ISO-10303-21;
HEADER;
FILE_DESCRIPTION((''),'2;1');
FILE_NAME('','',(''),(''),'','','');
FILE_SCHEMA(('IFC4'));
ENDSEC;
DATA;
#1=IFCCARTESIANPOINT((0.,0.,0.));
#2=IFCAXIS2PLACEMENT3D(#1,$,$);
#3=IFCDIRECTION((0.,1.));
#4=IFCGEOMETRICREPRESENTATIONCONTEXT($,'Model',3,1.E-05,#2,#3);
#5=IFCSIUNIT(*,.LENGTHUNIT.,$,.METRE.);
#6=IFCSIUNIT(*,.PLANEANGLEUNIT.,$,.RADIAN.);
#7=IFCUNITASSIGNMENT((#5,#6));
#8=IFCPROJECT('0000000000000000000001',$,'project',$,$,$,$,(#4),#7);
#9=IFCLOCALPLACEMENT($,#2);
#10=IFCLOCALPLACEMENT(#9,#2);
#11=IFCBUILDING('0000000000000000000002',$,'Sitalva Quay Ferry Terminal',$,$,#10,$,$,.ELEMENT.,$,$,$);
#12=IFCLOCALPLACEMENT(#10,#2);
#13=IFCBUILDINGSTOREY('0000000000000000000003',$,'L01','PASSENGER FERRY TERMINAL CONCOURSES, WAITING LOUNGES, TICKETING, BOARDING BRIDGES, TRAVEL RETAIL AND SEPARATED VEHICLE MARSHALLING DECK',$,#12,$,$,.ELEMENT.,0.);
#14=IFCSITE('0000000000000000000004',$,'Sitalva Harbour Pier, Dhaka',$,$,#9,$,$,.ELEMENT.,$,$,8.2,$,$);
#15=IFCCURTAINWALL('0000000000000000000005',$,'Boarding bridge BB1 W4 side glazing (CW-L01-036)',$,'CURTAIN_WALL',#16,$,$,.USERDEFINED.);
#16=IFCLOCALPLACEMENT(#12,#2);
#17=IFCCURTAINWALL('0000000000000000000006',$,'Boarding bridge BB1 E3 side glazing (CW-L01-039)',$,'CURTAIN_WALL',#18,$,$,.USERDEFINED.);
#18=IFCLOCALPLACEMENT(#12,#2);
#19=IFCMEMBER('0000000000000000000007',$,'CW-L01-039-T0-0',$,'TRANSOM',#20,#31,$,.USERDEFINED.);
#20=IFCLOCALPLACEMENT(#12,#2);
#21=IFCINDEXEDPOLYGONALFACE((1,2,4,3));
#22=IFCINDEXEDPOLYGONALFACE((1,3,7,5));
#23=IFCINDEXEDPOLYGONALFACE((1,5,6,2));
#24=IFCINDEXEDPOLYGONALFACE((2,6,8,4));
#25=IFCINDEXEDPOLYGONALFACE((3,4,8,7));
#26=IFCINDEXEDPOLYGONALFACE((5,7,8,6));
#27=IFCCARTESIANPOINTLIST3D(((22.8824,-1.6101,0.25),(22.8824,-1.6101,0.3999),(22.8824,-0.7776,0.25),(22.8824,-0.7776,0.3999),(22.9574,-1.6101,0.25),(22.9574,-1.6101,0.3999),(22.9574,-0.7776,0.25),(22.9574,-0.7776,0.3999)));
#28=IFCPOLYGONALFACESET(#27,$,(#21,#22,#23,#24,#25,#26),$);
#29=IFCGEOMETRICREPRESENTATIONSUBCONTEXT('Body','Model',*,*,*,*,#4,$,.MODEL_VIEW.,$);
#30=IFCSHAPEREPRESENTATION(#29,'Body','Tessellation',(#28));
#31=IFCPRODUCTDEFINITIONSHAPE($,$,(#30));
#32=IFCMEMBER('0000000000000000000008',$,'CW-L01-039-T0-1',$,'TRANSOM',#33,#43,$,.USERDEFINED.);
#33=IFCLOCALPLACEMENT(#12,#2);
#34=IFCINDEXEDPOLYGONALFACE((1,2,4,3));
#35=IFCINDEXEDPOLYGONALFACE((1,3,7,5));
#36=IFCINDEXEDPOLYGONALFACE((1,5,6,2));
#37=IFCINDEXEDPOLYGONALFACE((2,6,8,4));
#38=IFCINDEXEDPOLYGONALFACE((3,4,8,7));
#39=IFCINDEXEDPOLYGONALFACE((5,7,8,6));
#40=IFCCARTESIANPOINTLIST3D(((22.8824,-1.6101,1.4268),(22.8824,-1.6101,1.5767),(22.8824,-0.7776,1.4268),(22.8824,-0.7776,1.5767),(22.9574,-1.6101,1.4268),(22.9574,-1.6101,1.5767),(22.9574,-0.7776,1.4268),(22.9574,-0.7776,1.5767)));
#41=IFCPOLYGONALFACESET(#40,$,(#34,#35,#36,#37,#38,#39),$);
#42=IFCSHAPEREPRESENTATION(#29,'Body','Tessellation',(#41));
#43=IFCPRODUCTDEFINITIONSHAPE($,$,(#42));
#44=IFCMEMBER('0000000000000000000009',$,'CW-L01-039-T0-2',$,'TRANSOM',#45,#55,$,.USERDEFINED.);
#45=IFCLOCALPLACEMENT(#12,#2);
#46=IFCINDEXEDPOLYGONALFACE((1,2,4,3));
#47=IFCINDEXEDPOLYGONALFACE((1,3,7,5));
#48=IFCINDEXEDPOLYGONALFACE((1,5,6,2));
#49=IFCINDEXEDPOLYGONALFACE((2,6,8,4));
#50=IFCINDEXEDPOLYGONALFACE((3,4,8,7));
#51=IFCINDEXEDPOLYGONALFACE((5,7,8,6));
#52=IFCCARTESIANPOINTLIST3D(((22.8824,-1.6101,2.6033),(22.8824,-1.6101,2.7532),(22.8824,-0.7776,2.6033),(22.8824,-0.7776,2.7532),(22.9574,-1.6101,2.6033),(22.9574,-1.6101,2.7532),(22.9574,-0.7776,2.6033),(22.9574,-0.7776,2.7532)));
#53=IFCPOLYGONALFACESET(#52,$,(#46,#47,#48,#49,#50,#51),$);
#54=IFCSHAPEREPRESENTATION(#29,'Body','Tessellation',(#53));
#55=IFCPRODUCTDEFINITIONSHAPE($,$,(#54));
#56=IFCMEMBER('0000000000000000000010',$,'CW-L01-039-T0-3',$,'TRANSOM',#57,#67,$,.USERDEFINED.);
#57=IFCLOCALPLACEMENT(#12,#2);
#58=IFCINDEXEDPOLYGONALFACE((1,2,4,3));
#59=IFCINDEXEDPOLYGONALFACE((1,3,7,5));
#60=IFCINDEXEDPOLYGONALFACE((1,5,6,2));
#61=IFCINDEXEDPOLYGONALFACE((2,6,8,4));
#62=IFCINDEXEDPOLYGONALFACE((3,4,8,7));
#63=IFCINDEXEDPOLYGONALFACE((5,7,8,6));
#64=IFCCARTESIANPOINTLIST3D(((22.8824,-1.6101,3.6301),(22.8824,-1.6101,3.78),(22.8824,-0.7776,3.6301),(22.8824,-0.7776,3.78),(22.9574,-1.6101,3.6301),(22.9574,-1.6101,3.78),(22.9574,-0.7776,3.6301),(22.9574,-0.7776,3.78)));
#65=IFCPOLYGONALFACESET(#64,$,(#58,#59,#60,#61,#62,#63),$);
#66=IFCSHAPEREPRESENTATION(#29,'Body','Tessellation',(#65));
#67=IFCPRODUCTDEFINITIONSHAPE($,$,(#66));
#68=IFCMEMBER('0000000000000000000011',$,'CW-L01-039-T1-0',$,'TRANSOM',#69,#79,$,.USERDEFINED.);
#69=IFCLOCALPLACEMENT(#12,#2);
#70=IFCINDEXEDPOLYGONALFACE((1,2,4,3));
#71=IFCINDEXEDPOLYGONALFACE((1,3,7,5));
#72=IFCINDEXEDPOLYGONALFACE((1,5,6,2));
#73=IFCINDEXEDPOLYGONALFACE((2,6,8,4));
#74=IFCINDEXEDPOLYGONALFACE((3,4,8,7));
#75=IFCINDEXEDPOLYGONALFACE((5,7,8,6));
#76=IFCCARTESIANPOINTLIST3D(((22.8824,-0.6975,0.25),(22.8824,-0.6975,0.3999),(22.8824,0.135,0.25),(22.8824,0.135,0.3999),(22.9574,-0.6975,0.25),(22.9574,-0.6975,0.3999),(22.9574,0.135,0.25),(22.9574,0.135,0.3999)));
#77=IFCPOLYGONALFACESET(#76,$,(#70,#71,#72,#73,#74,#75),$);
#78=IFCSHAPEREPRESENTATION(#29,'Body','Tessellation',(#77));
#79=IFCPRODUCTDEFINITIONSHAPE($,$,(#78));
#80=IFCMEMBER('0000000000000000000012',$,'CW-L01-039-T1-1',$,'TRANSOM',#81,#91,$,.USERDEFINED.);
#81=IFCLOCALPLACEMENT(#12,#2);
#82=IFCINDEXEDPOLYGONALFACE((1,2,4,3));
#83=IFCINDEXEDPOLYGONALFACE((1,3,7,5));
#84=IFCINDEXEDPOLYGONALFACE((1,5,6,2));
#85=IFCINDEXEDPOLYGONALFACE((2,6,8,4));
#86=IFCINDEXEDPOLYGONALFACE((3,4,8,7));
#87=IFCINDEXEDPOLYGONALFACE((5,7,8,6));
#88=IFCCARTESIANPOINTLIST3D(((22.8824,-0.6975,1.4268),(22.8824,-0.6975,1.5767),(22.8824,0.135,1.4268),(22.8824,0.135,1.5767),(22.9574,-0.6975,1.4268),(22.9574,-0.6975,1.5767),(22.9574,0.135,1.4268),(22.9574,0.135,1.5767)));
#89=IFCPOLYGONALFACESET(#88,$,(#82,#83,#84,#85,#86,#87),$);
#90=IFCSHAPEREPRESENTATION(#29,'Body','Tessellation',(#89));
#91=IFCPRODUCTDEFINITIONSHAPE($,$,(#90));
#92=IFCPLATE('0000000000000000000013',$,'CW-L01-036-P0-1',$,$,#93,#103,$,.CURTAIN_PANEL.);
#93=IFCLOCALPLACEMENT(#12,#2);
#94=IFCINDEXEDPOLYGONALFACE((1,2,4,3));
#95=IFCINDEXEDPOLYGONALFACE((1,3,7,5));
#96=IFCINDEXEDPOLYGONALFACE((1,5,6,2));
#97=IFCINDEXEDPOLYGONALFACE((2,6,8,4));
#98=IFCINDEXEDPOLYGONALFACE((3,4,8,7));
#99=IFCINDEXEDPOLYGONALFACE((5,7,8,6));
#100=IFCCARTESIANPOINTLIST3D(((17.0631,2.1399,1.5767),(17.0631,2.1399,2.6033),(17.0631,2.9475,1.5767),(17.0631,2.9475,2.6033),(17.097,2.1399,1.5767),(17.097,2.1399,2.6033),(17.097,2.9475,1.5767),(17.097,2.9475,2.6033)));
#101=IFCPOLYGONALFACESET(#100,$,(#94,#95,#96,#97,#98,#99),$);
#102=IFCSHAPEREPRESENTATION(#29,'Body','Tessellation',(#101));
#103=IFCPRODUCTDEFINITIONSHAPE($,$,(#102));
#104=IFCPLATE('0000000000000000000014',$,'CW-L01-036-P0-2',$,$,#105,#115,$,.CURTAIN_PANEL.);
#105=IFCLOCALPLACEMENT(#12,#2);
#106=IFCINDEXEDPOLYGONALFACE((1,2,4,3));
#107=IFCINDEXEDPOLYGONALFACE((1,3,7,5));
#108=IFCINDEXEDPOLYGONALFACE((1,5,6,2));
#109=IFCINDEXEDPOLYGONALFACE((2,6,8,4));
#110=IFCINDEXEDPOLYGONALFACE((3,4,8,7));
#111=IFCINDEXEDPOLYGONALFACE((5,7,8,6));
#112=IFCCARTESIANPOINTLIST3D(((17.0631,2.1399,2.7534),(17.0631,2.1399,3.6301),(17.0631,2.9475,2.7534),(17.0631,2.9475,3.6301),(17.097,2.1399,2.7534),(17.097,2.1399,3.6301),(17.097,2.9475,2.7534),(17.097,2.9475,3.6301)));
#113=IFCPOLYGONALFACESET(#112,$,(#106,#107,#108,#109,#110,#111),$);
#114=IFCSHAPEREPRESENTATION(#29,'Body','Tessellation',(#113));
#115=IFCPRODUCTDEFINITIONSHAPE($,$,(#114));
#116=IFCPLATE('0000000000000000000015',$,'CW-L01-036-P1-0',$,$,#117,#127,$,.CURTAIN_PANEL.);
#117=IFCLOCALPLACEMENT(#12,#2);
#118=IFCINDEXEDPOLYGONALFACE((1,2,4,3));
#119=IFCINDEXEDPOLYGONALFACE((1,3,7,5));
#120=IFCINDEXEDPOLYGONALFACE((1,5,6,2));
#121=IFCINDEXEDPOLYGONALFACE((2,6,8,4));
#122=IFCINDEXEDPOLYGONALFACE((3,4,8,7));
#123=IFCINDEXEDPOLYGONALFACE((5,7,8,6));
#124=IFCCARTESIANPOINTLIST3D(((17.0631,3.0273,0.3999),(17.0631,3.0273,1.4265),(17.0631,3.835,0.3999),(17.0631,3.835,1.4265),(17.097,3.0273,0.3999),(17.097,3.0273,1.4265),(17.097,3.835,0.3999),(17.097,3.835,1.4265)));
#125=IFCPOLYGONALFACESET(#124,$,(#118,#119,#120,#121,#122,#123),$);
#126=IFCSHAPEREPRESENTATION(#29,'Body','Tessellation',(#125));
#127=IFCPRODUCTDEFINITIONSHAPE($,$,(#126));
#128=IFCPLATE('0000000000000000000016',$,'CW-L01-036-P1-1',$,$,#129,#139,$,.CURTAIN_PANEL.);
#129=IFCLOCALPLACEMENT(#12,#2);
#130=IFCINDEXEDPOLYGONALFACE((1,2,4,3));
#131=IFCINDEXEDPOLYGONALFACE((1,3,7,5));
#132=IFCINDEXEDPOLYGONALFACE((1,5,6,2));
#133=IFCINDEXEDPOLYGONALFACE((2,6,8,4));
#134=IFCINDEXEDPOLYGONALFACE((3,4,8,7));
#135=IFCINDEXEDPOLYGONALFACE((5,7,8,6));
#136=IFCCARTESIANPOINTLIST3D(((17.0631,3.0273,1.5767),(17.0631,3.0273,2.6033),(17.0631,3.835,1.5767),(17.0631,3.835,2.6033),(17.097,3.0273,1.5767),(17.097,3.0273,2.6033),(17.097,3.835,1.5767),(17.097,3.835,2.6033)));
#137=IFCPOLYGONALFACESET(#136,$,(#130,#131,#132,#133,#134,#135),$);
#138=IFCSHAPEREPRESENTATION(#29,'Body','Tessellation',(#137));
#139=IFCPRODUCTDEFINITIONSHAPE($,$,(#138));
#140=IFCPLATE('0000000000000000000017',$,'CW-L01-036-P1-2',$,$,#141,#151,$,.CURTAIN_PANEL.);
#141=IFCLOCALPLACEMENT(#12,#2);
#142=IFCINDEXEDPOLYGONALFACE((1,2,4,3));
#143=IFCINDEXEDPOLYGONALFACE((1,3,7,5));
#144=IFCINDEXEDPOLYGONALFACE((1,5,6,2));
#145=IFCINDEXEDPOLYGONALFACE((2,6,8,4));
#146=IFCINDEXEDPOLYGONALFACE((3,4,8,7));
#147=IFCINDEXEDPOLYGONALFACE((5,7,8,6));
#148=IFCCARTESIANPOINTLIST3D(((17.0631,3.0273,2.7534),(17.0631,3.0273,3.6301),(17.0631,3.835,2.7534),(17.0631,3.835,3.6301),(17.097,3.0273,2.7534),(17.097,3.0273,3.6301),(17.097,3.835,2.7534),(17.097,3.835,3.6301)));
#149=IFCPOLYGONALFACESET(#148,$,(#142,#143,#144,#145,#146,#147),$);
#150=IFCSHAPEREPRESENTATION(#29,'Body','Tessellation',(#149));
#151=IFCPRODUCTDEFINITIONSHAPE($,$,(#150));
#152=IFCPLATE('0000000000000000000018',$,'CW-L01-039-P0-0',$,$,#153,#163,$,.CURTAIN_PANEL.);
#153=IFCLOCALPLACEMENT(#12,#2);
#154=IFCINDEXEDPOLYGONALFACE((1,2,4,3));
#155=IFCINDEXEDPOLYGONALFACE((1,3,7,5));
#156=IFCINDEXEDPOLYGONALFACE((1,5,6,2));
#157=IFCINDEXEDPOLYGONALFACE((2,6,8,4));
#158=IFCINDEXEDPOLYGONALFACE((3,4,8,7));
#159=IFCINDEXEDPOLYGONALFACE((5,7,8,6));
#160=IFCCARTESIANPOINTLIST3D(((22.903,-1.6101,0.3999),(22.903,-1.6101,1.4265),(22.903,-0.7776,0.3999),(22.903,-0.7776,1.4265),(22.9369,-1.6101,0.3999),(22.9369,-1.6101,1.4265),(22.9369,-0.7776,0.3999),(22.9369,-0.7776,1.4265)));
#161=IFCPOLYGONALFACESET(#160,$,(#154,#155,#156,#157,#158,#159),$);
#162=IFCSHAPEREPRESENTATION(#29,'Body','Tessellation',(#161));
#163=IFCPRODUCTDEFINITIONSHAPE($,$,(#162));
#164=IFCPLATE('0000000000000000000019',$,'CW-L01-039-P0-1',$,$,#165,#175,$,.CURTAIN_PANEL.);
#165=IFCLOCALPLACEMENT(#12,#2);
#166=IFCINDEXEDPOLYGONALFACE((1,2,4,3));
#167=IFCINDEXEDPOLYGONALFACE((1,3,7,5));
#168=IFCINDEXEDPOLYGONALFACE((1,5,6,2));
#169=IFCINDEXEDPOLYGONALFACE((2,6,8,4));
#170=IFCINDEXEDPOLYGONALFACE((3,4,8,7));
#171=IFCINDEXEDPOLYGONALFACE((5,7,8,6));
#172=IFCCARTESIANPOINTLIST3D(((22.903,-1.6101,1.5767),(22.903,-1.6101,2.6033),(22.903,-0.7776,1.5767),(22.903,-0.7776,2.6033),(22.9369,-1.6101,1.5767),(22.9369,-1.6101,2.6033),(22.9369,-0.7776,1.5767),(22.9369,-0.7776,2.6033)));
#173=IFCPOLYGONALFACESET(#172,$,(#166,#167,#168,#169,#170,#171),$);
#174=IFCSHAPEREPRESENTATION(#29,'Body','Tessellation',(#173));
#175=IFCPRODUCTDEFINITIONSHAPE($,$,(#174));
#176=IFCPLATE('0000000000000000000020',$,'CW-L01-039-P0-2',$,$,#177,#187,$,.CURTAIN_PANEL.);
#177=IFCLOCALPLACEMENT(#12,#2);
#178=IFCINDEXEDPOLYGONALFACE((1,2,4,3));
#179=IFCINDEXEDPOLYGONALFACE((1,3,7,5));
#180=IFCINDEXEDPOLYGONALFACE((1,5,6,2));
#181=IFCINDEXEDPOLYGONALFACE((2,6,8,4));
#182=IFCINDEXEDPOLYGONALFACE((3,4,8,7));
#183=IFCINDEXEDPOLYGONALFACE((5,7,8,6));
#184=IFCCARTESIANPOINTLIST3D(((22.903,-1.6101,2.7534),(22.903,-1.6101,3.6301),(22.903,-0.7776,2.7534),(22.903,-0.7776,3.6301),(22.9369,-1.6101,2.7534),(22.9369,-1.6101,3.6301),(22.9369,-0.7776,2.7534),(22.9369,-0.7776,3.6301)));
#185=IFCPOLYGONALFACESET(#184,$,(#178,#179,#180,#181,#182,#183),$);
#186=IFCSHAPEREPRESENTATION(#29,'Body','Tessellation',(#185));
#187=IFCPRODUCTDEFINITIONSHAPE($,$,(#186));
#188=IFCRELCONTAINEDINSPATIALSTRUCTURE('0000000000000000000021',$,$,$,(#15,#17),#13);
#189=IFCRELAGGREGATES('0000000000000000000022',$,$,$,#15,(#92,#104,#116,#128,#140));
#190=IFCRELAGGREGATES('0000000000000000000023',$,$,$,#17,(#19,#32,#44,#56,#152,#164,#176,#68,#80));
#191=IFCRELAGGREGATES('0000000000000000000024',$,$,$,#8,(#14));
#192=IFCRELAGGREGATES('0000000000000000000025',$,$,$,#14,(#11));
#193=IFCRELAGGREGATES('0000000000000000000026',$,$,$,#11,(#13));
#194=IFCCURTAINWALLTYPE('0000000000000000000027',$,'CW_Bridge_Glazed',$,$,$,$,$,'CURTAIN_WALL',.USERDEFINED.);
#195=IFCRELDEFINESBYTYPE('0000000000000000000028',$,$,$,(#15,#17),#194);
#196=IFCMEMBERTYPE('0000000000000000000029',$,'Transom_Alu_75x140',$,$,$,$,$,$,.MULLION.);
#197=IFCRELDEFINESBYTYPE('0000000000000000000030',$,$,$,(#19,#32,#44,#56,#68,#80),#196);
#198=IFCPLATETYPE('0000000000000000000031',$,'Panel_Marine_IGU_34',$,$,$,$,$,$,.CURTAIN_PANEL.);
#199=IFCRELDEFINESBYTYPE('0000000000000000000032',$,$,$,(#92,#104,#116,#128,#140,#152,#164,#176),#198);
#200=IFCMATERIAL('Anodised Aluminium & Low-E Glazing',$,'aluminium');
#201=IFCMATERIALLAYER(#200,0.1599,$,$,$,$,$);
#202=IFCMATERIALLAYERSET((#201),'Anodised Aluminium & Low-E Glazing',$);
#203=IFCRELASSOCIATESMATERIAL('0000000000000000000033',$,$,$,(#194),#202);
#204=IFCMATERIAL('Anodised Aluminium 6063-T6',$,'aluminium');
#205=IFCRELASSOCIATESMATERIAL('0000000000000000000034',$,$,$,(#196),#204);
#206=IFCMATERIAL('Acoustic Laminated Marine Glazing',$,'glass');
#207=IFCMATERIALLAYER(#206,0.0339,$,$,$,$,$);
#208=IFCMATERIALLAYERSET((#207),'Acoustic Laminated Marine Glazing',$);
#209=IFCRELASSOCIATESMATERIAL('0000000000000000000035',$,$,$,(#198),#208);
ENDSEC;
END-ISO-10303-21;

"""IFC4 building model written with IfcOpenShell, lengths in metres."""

from ifc_helpers import new_model, si_unit, direction, frame, origin, origin_2d, place, context, subcontext, project, spatial, rectangle, extrude, material, layer, layer_set, material_profile, profile_set, type_object, element, aggregate, save


model = new_model("IFC4")

# Units and contexts
model_context = context("Model", 3, precision=1e-05, world=origin(), true_north=direction((0.0, 1.0)))
body_context = subcontext(model_context, "Body", "Model", "MODEL_VIEW")
ifc_project = project(units=[si_unit("LENGTHUNIT", "METRE"), si_unit("PLANEANGLEUNIT", "RADIAN")], contexts=[model_context])

# Site, building, storey
site_placement = place(None, origin())
site = spatial("IfcSite", under=ifc_project, at=site_placement, Name="Sitalva Harbour Pier, Dhaka", CompositionType="ELEMENT", RefElevation=8.2)
building_placement = place(site_placement, origin())
building = spatial("IfcBuilding", under=site, at=building_placement, Name="Sitalva Quay Ferry Terminal", CompositionType="ELEMENT")
storey_placement = place(building_placement, origin())
storey = spatial("IfcBuildingStorey", under=building, at=storey_placement, Name="L01", Description="PASSENGER FERRY TERMINAL CONCOURSES, WAITING LOUNGES, TICKETING, BOARDING BRIDGES, TRAVEL RETAIL AND SEPARATED VEHICLE MARSHALLING DECK", CompositionType="ELEMENT", Elevation=0.0)

# Curtain wall
ifc_material_1 = material(Name="Anodised Aluminium & Low-E Glazing", Category="aluminium")
ifc_layer_1 = layer(ifc_material_1, 0.1599)
ifc_layer_set_1 = layer_set([ifc_layer_1], Name="Anodised Aluminium & Low-E Glazing")
curtain_wall_type = type_object("IfcCurtainWallType", Name="CW_Bridge_Glazed", ElementType="CURTAIN_WALL", PredefinedType="USERDEFINED", material=ifc_layer_set_1)
curtain_wall_1_placement = place(storey_placement, origin())
curtain_wall_1 = element("IfcCurtainWall", 1, at=curtain_wall_1_placement, inside=storey, type_object=curtain_wall_type, Name="Boarding bridge BB1 W4 side glazing (CW-L01-036)", ObjectType="CURTAIN_WALL", PredefinedType="USERDEFINED")

# Curtain wall
curtain_wall_2_placement = place(storey_placement, origin())
curtain_wall_2 = element("IfcCurtainWall", 2, at=curtain_wall_2_placement, inside=storey, type_object=curtain_wall_type, Name="Boarding bridge BB1 E3 side glazing (CW-L01-039)", ObjectType="CURTAIN_WALL", PredefinedType="USERDEFINED")

# Members
ifc_material_2 = material(Name="Anodised Aluminium 6063-T6", Category="aluminium")
ifc_material_profile_1 = material_profile(ifc_material_2, rectangle(XDim=0.075, YDim=0.1499, at=origin_2d()), Name="ALU75x150")
ifc_profile_set_1 = profile_set([ifc_material_profile_1], Name="Anodised Aluminium 6063-T6")
member_type_1 = type_object("IfcMemberType", Name="Transom_Alu_75x140", PredefinedType="MULLION", material=ifc_profile_set_1)
member_1_placement = place(storey_placement, frame((22.9199, -1.6101, 0.325), z_axis=(0.0, 1.0, 0.0), x_axis=(-1.0, 0.0, 0.0)))
member_1 = element("IfcMember", 3, at=member_1_placement, type_object=member_type_1, Name="CW-L01-039-T0-0", ObjectType="TRANSOM", PredefinedType="USERDEFINED", context=body_context, shape_type="SweptSolid", body=[
    extrude(rectangle(XDim=0.075, YDim=0.1499, at=origin_2d()), origin(), (0.0, 0.0, 1.0), 0.8325),
])
member_2_placement = place(storey_placement, frame((22.9199, -1.6101, 1.5017), z_axis=(0.0, 1.0, 0.0), x_axis=(-1.0, 0.0, 0.0)))
member_2 = element("IfcMember", 4, at=member_2_placement, type_object=member_type_1, Name="CW-L01-039-T0-1", ObjectType="TRANSOM", PredefinedType="USERDEFINED", context=body_context, shape_type="SweptSolid", body=[
    extrude(rectangle(XDim=0.075, YDim=0.1499, at=origin_2d()), origin(), (0.0, 0.0, 1.0), 0.8325),
])
member_3_placement = place(storey_placement, frame((22.9199, -1.6101, 2.6782), z_axis=(0.0, 1.0, 0.0), x_axis=(-1.0, 0.0, 0.0)))
member_3 = element("IfcMember", 5, at=member_3_placement, type_object=member_type_1, Name="CW-L01-039-T0-2", ObjectType="TRANSOM", PredefinedType="USERDEFINED", context=body_context, shape_type="SweptSolid", body=[
    extrude(rectangle(XDim=0.075, YDim=0.1499, at=origin_2d()), origin(), (0.0, 0.0, 1.0), 0.8325),
])
member_4_placement = place(storey_placement, frame((22.9199, -1.6101, 3.7051), z_axis=(0.0, 1.0, 0.0), x_axis=(-1.0, 0.0, 0.0)))
member_4 = element("IfcMember", 6, at=member_4_placement, type_object=member_type_1, Name="CW-L01-039-T0-3", ObjectType="TRANSOM", PredefinedType="USERDEFINED", context=body_context, shape_type="SweptSolid", body=[
    extrude(rectangle(XDim=0.075, YDim=0.1499, at=origin_2d()), origin(), (0.0, 0.0, 1.0), 0.8325),
])
member_5_placement = place(storey_placement, frame((22.9199, -0.6975, 0.325), z_axis=(0.0, 1.0, 0.0), x_axis=(-1.0, 0.0, 0.0)))
member_5 = element("IfcMember", 7, at=member_5_placement, type_object=member_type_1, Name="CW-L01-039-T1-0", ObjectType="TRANSOM", PredefinedType="USERDEFINED", context=body_context, shape_type="SweptSolid", body=[
    extrude(rectangle(XDim=0.075, YDim=0.1499, at=origin_2d()), origin(), (0.0, 0.0, 1.0), 0.8325),
])
member_6_placement = place(storey_placement, frame((22.9199, -0.6975, 1.5017), z_axis=(0.0, 1.0, 0.0), x_axis=(-1.0, 0.0, 0.0)))
member_6 = element("IfcMember", 8, at=member_6_placement, type_object=member_type_1, Name="CW-L01-039-T1-1", ObjectType="TRANSOM", PredefinedType="USERDEFINED", context=body_context, shape_type="SweptSolid", body=[
    extrude(rectangle(XDim=0.075, YDim=0.1499, at=origin_2d()), origin(), (0.0, 0.0, 1.0), 0.8325),
])

# Plates
ifc_material_3 = material(Name="Acoustic Laminated Marine Glazing", Category="glass")
ifc_layer_2 = layer(ifc_material_3, 0.0339)
ifc_layer_set_2 = layer_set([ifc_layer_2], Name="Acoustic Laminated Marine Glazing")
plate_type = type_object("IfcPlateType", Name="Panel_Marine_IGU_34", PredefinedType="CURTAIN_PANEL", material=ifc_layer_set_2)
plate_1_placement = place(storey_placement, frame((17.0801, 2.5437, 1.5767), z_axis=(0.0, 0.0, 1.0), x_axis=(0.0, 1.0, 0.0)))
plate_1 = element("IfcPlate", 9, at=plate_1_placement, type_object=plate_type, Name="CW-L01-036-P0-1", PredefinedType="CURTAIN_PANEL", context=body_context, shape_type="SweptSolid", body=[
    extrude(rectangle(XDim=0.8076, YDim=0.0339, at=origin_2d()), origin(), (0.0, 0.0, 1.0), 1.0266),
])
plate_2_placement = place(storey_placement, frame((17.0801, 2.5437, 2.7534), z_axis=(0.0, 0.0, 1.0), x_axis=(0.0, 1.0, 0.0)))
plate_2 = element("IfcPlate", 10, at=plate_2_placement, type_object=plate_type, Name="CW-L01-036-P0-2", PredefinedType="CURTAIN_PANEL", context=body_context, shape_type="SweptSolid", body=[
    extrude(rectangle(XDim=0.8076, YDim=0.0339, at=origin_2d()), origin(), (0.0, 0.0, 1.0), 0.8767),
])
plate_3_placement = place(storey_placement, frame((17.0801, 3.4312, 0.3999), z_axis=(0.0, 0.0, 1.0), x_axis=(0.0, 1.0, 0.0)))
plate_3 = element("IfcPlate", 11, at=plate_3_placement, type_object=plate_type, Name="CW-L01-036-P1-0", PredefinedType="CURTAIN_PANEL", context=body_context, shape_type="SweptSolid", body=[
    extrude(rectangle(XDim=0.8076, YDim=0.0339, at=origin_2d()), origin(), (0.0, 0.0, 1.0), 1.0266),
])
plate_4_placement = place(storey_placement, frame((17.0801, 3.4312, 1.5767), z_axis=(0.0, 0.0, 1.0), x_axis=(0.0, 1.0, 0.0)))
plate_4 = element("IfcPlate", 12, at=plate_4_placement, type_object=plate_type, Name="CW-L01-036-P1-1", PredefinedType="CURTAIN_PANEL", context=body_context, shape_type="SweptSolid", body=[
    extrude(rectangle(XDim=0.8076, YDim=0.0339, at=origin_2d()), origin(), (0.0, 0.0, 1.0), 1.0266),
])
plate_5_placement = place(storey_placement, frame((17.0801, 3.4312, 2.7534), z_axis=(0.0, 0.0, 1.0), x_axis=(0.0, 1.0, 0.0)))
plate_5 = element("IfcPlate", 13, at=plate_5_placement, type_object=plate_type, Name="CW-L01-036-P1-2", PredefinedType="CURTAIN_PANEL", context=body_context, shape_type="SweptSolid", body=[
    extrude(rectangle(XDim=0.8076, YDim=0.0339, at=origin_2d()), origin(), (0.0, 0.0, 1.0), 0.8767),
])
aggregate(curtain_wall_1, [plate_1, plate_2, plate_3, plate_4, plate_5])
plate_6_placement = place(storey_placement, frame((22.9199, -1.1938, 0.3999), z_axis=(0.0, 0.0, 1.0), x_axis=(0.0, 1.0, 0.0)))
plate_6 = element("IfcPlate", 14, at=plate_6_placement, type_object=plate_type, Name="CW-L01-039-P0-0", PredefinedType="CURTAIN_PANEL", context=body_context, shape_type="SweptSolid", body=[
    extrude(rectangle(XDim=0.8325, YDim=0.0339, at=origin_2d()), origin(), (0.0, 0.0, 1.0), 1.0266),
])
plate_7_placement = place(storey_placement, frame((22.9199, -1.1938, 1.5767), z_axis=(0.0, 0.0, 1.0), x_axis=(0.0, 1.0, 0.0)))
plate_7 = element("IfcPlate", 15, at=plate_7_placement, type_object=plate_type, Name="CW-L01-039-P0-1", PredefinedType="CURTAIN_PANEL", context=body_context, shape_type="SweptSolid", body=[
    extrude(rectangle(XDim=0.8325, YDim=0.0339, at=origin_2d()), origin(), (0.0, 0.0, 1.0), 1.0266),
])
plate_8_placement = place(storey_placement, frame((22.9199, -1.1938, 2.7534), z_axis=(0.0, 0.0, 1.0), x_axis=(0.0, 1.0, 0.0)))
plate_8 = element("IfcPlate", 16, at=plate_8_placement, type_object=plate_type, Name="CW-L01-039-P0-2", PredefinedType="CURTAIN_PANEL", context=body_context, shape_type="SweptSolid", body=[
    extrude(rectangle(XDim=0.8325, YDim=0.0339, at=origin_2d()), origin(), (0.0, 0.0, 1.0), 0.8767),
])
aggregate(curtain_wall_2, [member_1, member_2, member_3, member_4, plate_6, plate_7, plate_8, member_5, member_6])

save(model, "model.ifc")
